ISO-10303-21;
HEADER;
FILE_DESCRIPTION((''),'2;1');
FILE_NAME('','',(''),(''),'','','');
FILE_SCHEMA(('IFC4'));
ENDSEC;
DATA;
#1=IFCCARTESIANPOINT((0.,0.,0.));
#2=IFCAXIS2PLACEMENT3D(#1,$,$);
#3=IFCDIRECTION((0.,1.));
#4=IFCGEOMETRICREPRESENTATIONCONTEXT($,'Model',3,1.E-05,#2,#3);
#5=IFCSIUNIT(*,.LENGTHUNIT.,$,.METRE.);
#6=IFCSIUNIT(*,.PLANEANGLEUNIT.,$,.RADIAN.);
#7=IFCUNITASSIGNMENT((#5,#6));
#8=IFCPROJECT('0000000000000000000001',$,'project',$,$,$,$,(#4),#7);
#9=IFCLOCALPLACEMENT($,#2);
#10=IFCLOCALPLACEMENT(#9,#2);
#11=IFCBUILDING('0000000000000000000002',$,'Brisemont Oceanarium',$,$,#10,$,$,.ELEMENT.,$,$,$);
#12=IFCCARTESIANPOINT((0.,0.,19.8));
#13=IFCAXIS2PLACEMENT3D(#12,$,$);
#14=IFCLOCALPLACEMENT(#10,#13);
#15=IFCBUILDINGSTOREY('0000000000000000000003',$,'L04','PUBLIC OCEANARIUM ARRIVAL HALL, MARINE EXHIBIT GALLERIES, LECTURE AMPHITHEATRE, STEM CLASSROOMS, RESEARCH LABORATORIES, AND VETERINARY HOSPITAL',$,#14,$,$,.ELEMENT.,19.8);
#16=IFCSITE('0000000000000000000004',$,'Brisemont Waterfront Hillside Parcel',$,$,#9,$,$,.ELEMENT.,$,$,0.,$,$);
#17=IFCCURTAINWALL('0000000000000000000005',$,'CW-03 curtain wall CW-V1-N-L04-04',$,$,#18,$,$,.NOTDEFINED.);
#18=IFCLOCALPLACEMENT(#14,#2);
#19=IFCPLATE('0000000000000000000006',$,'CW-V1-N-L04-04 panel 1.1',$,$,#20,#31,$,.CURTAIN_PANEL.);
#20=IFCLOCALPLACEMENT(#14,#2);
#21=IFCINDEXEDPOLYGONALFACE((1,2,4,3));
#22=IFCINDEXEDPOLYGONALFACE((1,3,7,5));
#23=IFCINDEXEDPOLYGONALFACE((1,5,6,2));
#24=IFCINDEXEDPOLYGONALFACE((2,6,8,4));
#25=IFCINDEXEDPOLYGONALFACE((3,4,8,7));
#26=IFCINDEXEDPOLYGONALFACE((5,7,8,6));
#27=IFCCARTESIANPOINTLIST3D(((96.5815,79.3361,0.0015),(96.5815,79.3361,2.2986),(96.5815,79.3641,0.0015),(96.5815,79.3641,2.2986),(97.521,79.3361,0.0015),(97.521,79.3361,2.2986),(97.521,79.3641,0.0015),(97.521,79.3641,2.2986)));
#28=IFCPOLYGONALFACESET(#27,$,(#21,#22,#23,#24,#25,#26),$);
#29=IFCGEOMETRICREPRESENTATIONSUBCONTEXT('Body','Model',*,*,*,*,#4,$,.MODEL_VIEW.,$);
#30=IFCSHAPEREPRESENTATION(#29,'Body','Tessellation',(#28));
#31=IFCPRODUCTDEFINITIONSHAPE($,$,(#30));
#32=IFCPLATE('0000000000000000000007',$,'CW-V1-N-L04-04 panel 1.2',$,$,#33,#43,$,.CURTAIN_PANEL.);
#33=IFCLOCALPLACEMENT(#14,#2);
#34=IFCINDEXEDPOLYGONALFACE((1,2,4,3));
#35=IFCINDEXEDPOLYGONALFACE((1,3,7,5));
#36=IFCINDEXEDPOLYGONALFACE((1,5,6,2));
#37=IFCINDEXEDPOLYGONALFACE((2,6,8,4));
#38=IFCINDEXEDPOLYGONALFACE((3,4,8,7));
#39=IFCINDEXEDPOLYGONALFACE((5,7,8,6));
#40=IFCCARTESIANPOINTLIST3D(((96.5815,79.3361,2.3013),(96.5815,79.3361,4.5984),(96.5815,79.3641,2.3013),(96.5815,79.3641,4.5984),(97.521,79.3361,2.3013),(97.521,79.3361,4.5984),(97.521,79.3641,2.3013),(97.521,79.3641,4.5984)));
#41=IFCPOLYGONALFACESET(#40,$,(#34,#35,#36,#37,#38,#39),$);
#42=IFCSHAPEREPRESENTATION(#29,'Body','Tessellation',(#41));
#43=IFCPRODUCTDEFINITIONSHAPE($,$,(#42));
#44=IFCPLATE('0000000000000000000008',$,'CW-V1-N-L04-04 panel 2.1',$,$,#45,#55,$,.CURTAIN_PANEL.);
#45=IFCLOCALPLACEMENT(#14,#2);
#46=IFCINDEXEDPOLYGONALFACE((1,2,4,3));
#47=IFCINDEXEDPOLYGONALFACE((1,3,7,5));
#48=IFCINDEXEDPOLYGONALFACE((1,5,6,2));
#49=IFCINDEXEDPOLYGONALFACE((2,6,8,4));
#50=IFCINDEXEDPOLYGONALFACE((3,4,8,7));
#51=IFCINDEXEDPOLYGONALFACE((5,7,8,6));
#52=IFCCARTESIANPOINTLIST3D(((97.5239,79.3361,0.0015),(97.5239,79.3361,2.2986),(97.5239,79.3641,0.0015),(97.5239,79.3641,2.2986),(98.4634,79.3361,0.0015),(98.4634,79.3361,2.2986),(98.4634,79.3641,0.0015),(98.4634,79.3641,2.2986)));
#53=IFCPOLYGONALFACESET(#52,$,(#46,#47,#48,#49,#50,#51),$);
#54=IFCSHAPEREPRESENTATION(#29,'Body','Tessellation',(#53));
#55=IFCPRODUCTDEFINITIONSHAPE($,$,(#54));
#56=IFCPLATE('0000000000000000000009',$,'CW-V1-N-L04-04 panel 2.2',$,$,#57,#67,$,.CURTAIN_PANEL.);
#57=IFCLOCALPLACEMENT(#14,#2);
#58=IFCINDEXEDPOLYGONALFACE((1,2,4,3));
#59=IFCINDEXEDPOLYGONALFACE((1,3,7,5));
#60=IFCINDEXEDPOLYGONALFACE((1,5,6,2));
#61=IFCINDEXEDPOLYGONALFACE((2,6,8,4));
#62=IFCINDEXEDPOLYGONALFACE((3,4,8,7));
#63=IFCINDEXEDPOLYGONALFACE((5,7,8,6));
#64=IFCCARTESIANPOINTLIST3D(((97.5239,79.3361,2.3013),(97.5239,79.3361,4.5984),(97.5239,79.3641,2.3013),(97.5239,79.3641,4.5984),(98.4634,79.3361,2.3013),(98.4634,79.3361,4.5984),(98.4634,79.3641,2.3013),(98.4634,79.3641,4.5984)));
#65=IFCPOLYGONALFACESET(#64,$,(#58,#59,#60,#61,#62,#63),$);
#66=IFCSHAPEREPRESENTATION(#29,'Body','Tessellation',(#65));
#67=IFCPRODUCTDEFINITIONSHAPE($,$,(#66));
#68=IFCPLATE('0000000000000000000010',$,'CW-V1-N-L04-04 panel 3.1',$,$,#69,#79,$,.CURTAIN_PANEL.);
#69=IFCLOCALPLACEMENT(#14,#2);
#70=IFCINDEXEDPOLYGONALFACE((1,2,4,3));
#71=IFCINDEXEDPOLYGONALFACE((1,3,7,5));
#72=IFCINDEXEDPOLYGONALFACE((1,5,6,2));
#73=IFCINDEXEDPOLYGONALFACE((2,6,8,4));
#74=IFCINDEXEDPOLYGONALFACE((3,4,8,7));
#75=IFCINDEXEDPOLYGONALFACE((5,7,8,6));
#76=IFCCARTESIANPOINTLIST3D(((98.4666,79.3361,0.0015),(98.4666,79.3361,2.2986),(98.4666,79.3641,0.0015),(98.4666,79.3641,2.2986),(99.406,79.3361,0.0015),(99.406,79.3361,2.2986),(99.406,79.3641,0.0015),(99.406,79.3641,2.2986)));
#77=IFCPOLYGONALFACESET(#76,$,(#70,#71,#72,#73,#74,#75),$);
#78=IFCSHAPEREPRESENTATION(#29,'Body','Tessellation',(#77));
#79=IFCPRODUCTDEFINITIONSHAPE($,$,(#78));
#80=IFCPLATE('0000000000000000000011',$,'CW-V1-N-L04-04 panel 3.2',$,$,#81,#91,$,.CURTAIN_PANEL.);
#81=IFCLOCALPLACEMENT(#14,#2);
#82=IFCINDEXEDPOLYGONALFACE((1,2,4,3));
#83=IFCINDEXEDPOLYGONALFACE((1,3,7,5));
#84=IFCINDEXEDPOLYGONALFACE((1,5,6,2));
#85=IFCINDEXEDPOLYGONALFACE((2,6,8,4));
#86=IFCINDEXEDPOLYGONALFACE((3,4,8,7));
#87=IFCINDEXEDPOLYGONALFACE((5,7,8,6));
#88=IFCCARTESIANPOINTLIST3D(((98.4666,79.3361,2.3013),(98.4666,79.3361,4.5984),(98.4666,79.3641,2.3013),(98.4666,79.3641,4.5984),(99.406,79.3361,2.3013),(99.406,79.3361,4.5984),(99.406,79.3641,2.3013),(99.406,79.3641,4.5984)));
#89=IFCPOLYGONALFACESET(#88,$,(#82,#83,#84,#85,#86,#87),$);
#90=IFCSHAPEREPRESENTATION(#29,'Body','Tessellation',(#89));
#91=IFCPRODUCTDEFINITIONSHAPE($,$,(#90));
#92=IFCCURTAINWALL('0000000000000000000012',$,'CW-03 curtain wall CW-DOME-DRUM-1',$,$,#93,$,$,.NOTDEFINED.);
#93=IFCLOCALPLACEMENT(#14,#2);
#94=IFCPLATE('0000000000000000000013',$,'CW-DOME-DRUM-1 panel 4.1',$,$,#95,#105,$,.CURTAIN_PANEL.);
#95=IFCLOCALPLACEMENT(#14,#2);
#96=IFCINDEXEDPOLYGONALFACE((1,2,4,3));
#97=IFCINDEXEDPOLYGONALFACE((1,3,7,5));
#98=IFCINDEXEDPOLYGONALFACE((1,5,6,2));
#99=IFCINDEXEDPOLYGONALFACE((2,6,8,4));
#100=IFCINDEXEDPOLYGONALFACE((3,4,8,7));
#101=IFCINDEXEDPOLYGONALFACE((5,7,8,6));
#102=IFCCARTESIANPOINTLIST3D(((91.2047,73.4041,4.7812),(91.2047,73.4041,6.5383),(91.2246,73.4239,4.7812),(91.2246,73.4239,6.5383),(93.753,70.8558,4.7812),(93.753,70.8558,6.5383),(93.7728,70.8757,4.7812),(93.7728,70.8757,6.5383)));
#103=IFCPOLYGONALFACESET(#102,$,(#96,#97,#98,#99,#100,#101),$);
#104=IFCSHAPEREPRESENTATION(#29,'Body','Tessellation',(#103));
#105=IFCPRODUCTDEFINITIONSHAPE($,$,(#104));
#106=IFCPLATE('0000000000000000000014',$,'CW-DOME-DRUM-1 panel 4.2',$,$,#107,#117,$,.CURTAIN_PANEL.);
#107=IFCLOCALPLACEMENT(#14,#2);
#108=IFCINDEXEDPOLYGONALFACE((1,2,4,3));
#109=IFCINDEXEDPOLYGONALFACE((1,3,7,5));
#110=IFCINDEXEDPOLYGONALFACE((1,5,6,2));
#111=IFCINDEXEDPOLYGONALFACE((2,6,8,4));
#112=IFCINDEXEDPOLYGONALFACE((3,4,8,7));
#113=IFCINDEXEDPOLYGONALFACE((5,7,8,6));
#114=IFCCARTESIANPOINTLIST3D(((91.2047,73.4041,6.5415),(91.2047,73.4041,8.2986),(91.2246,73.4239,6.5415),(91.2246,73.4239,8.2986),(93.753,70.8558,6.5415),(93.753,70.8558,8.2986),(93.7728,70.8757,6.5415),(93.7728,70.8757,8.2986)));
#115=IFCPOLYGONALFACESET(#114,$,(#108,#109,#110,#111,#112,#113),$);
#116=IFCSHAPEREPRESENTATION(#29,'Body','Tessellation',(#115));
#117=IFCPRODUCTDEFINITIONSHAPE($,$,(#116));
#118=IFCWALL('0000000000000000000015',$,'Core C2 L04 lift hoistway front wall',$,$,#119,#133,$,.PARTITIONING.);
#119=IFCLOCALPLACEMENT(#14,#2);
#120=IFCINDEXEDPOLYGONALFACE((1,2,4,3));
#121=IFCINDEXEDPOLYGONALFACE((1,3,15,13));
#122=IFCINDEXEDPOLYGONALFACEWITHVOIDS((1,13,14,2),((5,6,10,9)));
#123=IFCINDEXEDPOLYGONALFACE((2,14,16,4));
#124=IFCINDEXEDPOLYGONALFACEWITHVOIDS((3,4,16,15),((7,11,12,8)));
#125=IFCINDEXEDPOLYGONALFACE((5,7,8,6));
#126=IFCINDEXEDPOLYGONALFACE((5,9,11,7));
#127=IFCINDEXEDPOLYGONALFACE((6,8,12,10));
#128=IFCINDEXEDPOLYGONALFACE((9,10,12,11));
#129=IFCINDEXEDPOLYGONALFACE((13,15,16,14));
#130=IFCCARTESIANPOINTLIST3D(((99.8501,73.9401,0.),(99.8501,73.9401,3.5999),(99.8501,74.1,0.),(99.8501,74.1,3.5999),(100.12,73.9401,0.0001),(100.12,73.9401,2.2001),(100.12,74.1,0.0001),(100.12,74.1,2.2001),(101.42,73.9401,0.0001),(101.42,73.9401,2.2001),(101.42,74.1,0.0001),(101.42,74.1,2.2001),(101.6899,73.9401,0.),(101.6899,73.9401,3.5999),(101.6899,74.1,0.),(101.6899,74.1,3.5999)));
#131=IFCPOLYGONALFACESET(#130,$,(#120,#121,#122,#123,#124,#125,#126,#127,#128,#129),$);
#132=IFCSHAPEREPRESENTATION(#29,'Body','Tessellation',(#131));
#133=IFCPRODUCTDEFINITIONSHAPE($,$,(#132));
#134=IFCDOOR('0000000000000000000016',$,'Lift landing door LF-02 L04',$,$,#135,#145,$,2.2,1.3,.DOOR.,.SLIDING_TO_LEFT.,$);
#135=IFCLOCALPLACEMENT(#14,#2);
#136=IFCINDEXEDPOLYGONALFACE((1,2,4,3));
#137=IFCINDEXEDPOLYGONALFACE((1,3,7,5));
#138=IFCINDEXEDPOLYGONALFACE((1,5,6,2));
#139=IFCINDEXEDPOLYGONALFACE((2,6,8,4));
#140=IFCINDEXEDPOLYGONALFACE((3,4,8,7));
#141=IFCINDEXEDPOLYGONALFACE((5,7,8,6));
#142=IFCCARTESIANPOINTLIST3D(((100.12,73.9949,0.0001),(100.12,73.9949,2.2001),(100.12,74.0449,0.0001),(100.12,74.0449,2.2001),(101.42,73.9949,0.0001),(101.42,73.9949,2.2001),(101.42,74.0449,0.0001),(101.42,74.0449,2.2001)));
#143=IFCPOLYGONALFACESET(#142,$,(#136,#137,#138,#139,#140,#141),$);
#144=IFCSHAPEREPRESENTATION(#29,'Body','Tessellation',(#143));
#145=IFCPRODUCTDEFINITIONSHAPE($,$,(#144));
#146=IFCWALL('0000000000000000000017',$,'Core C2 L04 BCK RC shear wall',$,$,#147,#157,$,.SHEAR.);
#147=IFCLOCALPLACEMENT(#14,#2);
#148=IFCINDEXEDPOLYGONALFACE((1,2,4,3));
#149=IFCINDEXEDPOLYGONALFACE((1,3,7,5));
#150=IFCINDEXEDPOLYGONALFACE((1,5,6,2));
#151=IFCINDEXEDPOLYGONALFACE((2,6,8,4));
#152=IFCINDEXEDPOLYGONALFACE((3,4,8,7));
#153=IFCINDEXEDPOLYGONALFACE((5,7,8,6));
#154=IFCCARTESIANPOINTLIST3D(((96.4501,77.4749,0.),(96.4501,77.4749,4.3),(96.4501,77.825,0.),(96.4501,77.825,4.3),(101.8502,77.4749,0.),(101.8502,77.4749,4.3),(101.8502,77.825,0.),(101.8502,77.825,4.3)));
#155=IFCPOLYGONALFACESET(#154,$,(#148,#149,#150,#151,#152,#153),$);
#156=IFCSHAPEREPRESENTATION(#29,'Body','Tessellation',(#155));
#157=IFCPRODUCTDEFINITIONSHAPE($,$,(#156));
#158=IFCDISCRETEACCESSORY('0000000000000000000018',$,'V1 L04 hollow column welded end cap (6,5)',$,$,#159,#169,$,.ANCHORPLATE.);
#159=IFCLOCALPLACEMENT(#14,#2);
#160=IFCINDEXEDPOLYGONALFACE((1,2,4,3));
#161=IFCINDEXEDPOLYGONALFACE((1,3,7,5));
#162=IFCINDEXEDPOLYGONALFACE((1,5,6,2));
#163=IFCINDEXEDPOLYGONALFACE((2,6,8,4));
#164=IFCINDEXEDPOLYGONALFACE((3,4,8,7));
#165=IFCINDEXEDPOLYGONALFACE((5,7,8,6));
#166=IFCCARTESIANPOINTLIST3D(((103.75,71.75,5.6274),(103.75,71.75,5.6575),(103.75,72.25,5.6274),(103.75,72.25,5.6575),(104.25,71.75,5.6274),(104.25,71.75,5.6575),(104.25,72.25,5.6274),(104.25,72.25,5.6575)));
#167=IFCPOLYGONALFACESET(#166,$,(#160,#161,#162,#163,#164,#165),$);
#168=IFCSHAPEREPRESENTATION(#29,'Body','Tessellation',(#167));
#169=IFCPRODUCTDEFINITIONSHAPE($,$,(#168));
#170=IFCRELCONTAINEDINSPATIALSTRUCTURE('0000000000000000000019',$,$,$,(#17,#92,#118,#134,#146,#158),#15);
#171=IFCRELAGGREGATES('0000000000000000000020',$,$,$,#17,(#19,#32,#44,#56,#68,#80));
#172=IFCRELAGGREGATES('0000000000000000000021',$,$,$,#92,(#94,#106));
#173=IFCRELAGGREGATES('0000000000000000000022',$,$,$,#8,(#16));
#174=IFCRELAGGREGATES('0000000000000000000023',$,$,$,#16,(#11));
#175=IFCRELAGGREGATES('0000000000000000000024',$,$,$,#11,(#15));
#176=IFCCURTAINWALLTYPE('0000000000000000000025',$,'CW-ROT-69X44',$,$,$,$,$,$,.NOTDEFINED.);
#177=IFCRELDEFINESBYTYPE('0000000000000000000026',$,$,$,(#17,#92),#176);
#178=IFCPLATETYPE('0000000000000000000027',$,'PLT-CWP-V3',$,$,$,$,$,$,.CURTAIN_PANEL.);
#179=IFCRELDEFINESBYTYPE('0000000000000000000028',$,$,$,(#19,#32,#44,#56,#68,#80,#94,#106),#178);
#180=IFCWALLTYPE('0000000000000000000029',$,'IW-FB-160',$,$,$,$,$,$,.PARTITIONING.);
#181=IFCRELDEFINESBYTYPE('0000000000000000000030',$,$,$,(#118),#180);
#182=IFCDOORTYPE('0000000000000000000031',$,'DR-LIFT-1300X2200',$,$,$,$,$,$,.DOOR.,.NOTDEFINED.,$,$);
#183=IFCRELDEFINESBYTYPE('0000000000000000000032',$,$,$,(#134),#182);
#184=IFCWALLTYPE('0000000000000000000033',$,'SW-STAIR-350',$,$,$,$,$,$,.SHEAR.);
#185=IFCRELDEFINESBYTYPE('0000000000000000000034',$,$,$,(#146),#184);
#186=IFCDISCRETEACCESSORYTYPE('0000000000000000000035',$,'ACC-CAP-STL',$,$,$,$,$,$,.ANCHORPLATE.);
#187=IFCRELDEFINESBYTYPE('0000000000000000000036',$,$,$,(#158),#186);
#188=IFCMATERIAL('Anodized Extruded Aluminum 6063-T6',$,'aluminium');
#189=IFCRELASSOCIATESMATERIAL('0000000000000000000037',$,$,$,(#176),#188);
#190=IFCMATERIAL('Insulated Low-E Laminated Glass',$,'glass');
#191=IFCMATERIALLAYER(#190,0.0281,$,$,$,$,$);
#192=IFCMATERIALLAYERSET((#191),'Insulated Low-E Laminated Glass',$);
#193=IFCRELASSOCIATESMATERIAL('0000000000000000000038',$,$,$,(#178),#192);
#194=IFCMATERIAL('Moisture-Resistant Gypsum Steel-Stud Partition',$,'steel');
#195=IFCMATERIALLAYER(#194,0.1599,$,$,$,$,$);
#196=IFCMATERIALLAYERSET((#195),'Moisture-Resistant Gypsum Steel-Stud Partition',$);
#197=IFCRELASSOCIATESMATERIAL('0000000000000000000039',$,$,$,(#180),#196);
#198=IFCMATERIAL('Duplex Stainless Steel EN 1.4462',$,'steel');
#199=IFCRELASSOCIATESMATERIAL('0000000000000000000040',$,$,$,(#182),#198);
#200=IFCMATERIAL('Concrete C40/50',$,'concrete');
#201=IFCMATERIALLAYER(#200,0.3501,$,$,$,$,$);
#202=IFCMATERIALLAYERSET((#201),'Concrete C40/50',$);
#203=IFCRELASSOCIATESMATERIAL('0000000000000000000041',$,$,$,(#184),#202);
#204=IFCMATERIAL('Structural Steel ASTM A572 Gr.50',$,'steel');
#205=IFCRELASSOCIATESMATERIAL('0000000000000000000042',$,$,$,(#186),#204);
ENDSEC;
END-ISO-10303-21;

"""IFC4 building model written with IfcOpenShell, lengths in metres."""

from ifc_helpers import new_model, si_unit, direction, frame, frame_2d, origin, origin_2d, place, context, subcontext, project, spatial, rectangle, extrude, material, layer, layer_set, type_object, element, fill, aggregate, save


model = new_model("IFC4")

# Units and contexts
model_context = context("Model", 3, precision=1e-05, world=origin(), true_north=direction((0.0, 1.0)))
body_context = subcontext(model_context, "Body", "Model", "MODEL_VIEW")
ifc_project = project(units=[si_unit("LENGTHUNIT", "METRE"), si_unit("PLANEANGLEUNIT", "RADIAN")], contexts=[model_context])

# Site, building, storey
site_placement = place(None, origin())
site = spatial("IfcSite", under=ifc_project, at=site_placement, Name="Brisemont Waterfront Hillside Parcel", CompositionType="ELEMENT", RefElevation=0.0)
building_placement = place(site_placement, origin())
building = spatial("IfcBuilding", under=site, at=building_placement, Name="Brisemont Oceanarium", CompositionType="ELEMENT")
storey_placement = place(building_placement, frame((0.0, 0.0, 19.8)))
storey = spatial("IfcBuildingStorey", under=building, at=storey_placement, Name="L04", Description="PUBLIC OCEANARIUM ARRIVAL HALL, MARINE EXHIBIT GALLERIES, LECTURE AMPHITHEATRE, STEM CLASSROOMS, RESEARCH LABORATORIES, AND VETERINARY HOSPITAL", CompositionType="ELEMENT", Elevation=19.8)

# Curtain wall, plates
ifc_material_1 = material(Name="Anodized Extruded Aluminum 6063-T6", Category="aluminium")
curtain_wall_type = type_object("IfcCurtainWallType", Name="CW-ROT-69X44", PredefinedType="NOTDEFINED", material=ifc_material_1)
curtain_wall_1_placement = place(storey_placement, origin())
curtain_wall_1 = element("IfcCurtainWall", 1, at=curtain_wall_1_placement, inside=storey, type_object=curtain_wall_type, Name="CW-03 curtain wall CW-V1-N-L04-04", PredefinedType="NOTDEFINED")
ifc_material_2 = material(Name="Insulated Low-E Laminated Glass", Category="glass")
ifc_layer_1 = layer(ifc_material_2, 0.0281)
ifc_layer_set_1 = layer_set([ifc_layer_1], Name="Insulated Low-E Laminated Glass")
plate_type = type_object("IfcPlateType", Name="PLT-CWP-V3", PredefinedType="CURTAIN_PANEL", material=ifc_layer_set_1)
plate_1_placement = place(storey_placement, frame((97.0513, 79.3501, 0.0015), z_axis=(0.0, 0.0, 1.0), x_axis=(1.0, 0.0, 0.0)))
plate_1 = element("IfcPlate", 2, at=plate_1_placement, type_object=plate_type, Name="CW-V1-N-L04-04 panel 1.1", PredefinedType="CURTAIN_PANEL", context=body_context, shape_type="SweptSolid", body=[
    extrude(rectangle(XDim=0.9395, YDim=0.0281, at=origin_2d()), origin(), (0.0, 0.0, 1.0), 2.2971),
])
plate_2_placement = place(storey_placement, frame((97.0513, 79.3501, 2.3013), z_axis=(0.0, 0.0, 1.0), x_axis=(1.0, 0.0, 0.0)))
plate_2 = element("IfcPlate", 3, at=plate_2_placement, type_object=plate_type, Name="CW-V1-N-L04-04 panel 1.2", PredefinedType="CURTAIN_PANEL", context=body_context, shape_type="SweptSolid", body=[
    extrude(rectangle(XDim=0.9395, YDim=0.0281, at=origin_2d()), origin(), (0.0, 0.0, 1.0), 2.2971),
])
plate_3_placement = place(storey_placement, frame((97.9937, 79.3501, 0.0015), z_axis=(0.0, 0.0, 1.0), x_axis=(1.0, 0.0, 0.0)))
plate_3 = element("IfcPlate", 4, at=plate_3_placement, type_object=plate_type, Name="CW-V1-N-L04-04 panel 2.1", PredefinedType="CURTAIN_PANEL", context=body_context, shape_type="SweptSolid", body=[
    extrude(rectangle(XDim=0.9395, YDim=0.0281, at=origin_2d()), origin(), (0.0, 0.0, 1.0), 2.2971),
])
plate_4_placement = place(storey_placement, frame((97.9937, 79.3501, 2.3013), z_axis=(0.0, 0.0, 1.0), x_axis=(1.0, 0.0, 0.0)))
plate_4 = element("IfcPlate", 5, at=plate_4_placement, type_object=plate_type, Name="CW-V1-N-L04-04 panel 2.2", PredefinedType="CURTAIN_PANEL", context=body_context, shape_type="SweptSolid", body=[
    extrude(rectangle(XDim=0.9395, YDim=0.0281, at=origin_2d()), origin(), (0.0, 0.0, 1.0), 2.2971),
])
plate_5_placement = place(storey_placement, frame((98.9363, 79.3501, 0.0015), z_axis=(0.0, 0.0, 1.0), x_axis=(1.0, 0.0, 0.0)))
plate_5 = element("IfcPlate", 6, at=plate_5_placement, type_object=plate_type, Name="CW-V1-N-L04-04 panel 3.1", PredefinedType="CURTAIN_PANEL", context=body_context, shape_type="SweptSolid", body=[
    extrude(rectangle(XDim=0.9395, YDim=0.0281, at=origin_2d()), origin(), (0.0, 0.0, 1.0), 2.2971),
])
plate_6_placement = place(storey_placement, frame((98.9363, 79.3501, 2.3013), z_axis=(0.0, 0.0, 1.0), x_axis=(1.0, 0.0, 0.0)))
plate_6 = element("IfcPlate", 7, at=plate_6_placement, type_object=plate_type, Name="CW-V1-N-L04-04 panel 3.2", PredefinedType="CURTAIN_PANEL", context=body_context, shape_type="SweptSolid", body=[
    extrude(rectangle(XDim=0.9395, YDim=0.0281, at=origin_2d()), origin(), (0.0, 0.0, 1.0), 2.2971),
])
aggregate(curtain_wall_1, [plate_1, plate_2, plate_3, plate_4, plate_5, plate_6])

# Curtain wall, plates
curtain_wall_2_placement = place(storey_placement, origin())
curtain_wall_2 = element("IfcCurtainWall", 8, at=curtain_wall_2_placement, inside=storey, type_object=curtain_wall_type, Name="CW-03 curtain wall CW-DOME-DRUM-1", PredefinedType="NOTDEFINED")
plate_7_placement = place(storey_placement, frame((92.4888, 72.1399, 4.7812), z_axis=(0.0, 0.0, 1.0), x_axis=(-0.707107, 0.707107, 0.0)))
plate_7 = element("IfcPlate", 9, at=plate_7_placement, type_object=plate_type, Name="CW-DOME-DRUM-1 panel 4.1", PredefinedType="CURTAIN_PANEL", context=body_context, shape_type="SweptSolid", body=[
    extrude(rectangle(XDim=3.6038, YDim=0.0281, at=origin_2d()), origin(), (0.0, 0.0, 1.0), 1.7571),
])
plate_8_placement = place(storey_placement, frame((92.4888, 72.1399, 6.5415), z_axis=(0.0, 0.0, 1.0), x_axis=(-0.707107, 0.707107, 0.0)))
plate_8 = element("IfcPlate", 10, at=plate_8_placement, type_object=plate_type, Name="CW-DOME-DRUM-1 panel 4.2", PredefinedType="CURTAIN_PANEL", context=body_context, shape_type="SweptSolid", body=[
    extrude(rectangle(XDim=3.6038, YDim=0.0281, at=origin_2d()), origin(), (0.0, 0.0, 1.0), 1.7571),
])
aggregate(curtain_wall_2, [plate_7, plate_8])

# Wall, opening, door
ifc_material_3 = material(Name="Moisture-Resistant Gypsum Steel-Stud Partition", Category="steel")
ifc_layer_2 = layer(ifc_material_3, 0.1599)
ifc_layer_set_2 = layer_set([ifc_layer_2], Name="Moisture-Resistant Gypsum Steel-Stud Partition")
wall_type_1 = type_object("IfcWallType", Name="IW-FB-160", PredefinedType="PARTITIONING", material=ifc_layer_set_2)
wall_1_placement = place(storey_placement, frame((99.8501, 74.02, 0.0), z_axis=(0.0, 0.0, 1.0), x_axis=(1.0, 0.0, 0.0)))
wall_1 = element("IfcWall", 11, at=wall_1_placement, inside=storey, type_object=wall_type_1, Name="Core C2 L04 lift hoistway front wall", PredefinedType="PARTITIONING", context=body_context, shape_type="SweptSolid", body=[
    extrude(rectangle(XDim=1.8398, YDim=0.1599, at=frame_2d((0.9199, 0.0))), origin(), (0.0, 0.0, 1.0), 3.5999),
])
opening_placement = place(wall_1_placement, frame((0.27, 0.0, 0.0)))
opening = element("IfcOpeningElement", 12, at=opening_placement, cuts=wall_1, PredefinedType="OPENING", context=body_context, shape_type="SweptSolid", body=[
    extrude(rectangle(XDim=1.3, YDim=2.2, at=frame_2d((0.6499, 1.1001))), frame((0.0, 0.0898, 0.0), z_axis=(0.0, -1.0, 0.0), x_axis=(1.0, 0.0, 0.0)), (0.0, 0.0, 1.0), 0.1799),
])
ifc_material_4 = material(Name="Duplex Stainless Steel EN 1.4462", Category="steel")
door_type = type_object("IfcDoorType", Name="DR-LIFT-1300X2200", OperationType="NOTDEFINED", PredefinedType="DOOR", material=ifc_material_4)
door_placement = place(opening_placement, origin())
door = element("IfcDoor", 13, at=door_placement, inside=storey, type_object=door_type, Name="Lift landing door LF-02 L04", OperationType="SLIDING_TO_LEFT", OverallHeight=2.2, OverallWidth=1.3, PredefinedType="DOOR", context=body_context, shape_type="SweptSolid", body=[
    extrude(rectangle(XDim=1.3, YDim=2.2, at=frame_2d((0.6499, 1.1001))), frame((0.0, 0.0249, 0.0), z_axis=(0.0, -1.0, 0.0), x_axis=(1.0, 0.0, 0.0)), (0.0, 0.0, 1.0), 0.05),
])
fill(opening, door)

# Wall
ifc_material_5 = material(Name="Concrete C40/50", Category="concrete")
ifc_layer_3 = layer(ifc_material_5, 0.3501)
ifc_layer_set_3 = layer_set([ifc_layer_3], Name="Concrete C40/50")
wall_type_2 = type_object("IfcWallType", Name="SW-STAIR-350", PredefinedType="SHEAR", material=ifc_layer_set_3)
wall_2_placement = place(storey_placement, frame((96.45, 77.6499, 0.0), z_axis=(0.0, 0.0, 1.0), x_axis=(1.0, 0.0, 0.0)))
element("IfcWall", 14, at=wall_2_placement, inside=storey, type_object=wall_type_2, Name="Core C2 L04 BCK RC shear wall", PredefinedType="SHEAR", context=body_context, shape_type="SweptSolid", body=[
    extrude(rectangle(XDim=5.4001, YDim=0.3501, at=frame_2d((2.7002, 0.0))), origin(), (0.0, 0.0, 1.0), 4.3),
])

# Discrete accessory
ifc_material_6 = material(Name="Structural Steel ASTM A572 Gr.50", Category="steel")
discrete_accessory_type = type_object("IfcDiscreteAccessoryType", Name="ACC-CAP-STL", PredefinedType="ANCHORPLATE", material=ifc_material_6)
discrete_accessory_placement = place(storey_placement, frame((104.0, 72.0, 5.6274), z_axis=(0.0, 0.0, 1.0), x_axis=(1.0, 0.0, 0.0)))
element("IfcDiscreteAccessory", 15, at=discrete_accessory_placement, inside=storey, type_object=discrete_accessory_type, Name="V1 L04 hollow column welded end cap (6,5)", PredefinedType="ANCHORPLATE", context=body_context, shape_type="SweptSolid", body=[
    extrude(rectangle(XDim=0.5, YDim=0.5, at=origin_2d()), origin(), (0.0, 0.0, 1.0), 0.03),
])

save(model, "model.ifc")
